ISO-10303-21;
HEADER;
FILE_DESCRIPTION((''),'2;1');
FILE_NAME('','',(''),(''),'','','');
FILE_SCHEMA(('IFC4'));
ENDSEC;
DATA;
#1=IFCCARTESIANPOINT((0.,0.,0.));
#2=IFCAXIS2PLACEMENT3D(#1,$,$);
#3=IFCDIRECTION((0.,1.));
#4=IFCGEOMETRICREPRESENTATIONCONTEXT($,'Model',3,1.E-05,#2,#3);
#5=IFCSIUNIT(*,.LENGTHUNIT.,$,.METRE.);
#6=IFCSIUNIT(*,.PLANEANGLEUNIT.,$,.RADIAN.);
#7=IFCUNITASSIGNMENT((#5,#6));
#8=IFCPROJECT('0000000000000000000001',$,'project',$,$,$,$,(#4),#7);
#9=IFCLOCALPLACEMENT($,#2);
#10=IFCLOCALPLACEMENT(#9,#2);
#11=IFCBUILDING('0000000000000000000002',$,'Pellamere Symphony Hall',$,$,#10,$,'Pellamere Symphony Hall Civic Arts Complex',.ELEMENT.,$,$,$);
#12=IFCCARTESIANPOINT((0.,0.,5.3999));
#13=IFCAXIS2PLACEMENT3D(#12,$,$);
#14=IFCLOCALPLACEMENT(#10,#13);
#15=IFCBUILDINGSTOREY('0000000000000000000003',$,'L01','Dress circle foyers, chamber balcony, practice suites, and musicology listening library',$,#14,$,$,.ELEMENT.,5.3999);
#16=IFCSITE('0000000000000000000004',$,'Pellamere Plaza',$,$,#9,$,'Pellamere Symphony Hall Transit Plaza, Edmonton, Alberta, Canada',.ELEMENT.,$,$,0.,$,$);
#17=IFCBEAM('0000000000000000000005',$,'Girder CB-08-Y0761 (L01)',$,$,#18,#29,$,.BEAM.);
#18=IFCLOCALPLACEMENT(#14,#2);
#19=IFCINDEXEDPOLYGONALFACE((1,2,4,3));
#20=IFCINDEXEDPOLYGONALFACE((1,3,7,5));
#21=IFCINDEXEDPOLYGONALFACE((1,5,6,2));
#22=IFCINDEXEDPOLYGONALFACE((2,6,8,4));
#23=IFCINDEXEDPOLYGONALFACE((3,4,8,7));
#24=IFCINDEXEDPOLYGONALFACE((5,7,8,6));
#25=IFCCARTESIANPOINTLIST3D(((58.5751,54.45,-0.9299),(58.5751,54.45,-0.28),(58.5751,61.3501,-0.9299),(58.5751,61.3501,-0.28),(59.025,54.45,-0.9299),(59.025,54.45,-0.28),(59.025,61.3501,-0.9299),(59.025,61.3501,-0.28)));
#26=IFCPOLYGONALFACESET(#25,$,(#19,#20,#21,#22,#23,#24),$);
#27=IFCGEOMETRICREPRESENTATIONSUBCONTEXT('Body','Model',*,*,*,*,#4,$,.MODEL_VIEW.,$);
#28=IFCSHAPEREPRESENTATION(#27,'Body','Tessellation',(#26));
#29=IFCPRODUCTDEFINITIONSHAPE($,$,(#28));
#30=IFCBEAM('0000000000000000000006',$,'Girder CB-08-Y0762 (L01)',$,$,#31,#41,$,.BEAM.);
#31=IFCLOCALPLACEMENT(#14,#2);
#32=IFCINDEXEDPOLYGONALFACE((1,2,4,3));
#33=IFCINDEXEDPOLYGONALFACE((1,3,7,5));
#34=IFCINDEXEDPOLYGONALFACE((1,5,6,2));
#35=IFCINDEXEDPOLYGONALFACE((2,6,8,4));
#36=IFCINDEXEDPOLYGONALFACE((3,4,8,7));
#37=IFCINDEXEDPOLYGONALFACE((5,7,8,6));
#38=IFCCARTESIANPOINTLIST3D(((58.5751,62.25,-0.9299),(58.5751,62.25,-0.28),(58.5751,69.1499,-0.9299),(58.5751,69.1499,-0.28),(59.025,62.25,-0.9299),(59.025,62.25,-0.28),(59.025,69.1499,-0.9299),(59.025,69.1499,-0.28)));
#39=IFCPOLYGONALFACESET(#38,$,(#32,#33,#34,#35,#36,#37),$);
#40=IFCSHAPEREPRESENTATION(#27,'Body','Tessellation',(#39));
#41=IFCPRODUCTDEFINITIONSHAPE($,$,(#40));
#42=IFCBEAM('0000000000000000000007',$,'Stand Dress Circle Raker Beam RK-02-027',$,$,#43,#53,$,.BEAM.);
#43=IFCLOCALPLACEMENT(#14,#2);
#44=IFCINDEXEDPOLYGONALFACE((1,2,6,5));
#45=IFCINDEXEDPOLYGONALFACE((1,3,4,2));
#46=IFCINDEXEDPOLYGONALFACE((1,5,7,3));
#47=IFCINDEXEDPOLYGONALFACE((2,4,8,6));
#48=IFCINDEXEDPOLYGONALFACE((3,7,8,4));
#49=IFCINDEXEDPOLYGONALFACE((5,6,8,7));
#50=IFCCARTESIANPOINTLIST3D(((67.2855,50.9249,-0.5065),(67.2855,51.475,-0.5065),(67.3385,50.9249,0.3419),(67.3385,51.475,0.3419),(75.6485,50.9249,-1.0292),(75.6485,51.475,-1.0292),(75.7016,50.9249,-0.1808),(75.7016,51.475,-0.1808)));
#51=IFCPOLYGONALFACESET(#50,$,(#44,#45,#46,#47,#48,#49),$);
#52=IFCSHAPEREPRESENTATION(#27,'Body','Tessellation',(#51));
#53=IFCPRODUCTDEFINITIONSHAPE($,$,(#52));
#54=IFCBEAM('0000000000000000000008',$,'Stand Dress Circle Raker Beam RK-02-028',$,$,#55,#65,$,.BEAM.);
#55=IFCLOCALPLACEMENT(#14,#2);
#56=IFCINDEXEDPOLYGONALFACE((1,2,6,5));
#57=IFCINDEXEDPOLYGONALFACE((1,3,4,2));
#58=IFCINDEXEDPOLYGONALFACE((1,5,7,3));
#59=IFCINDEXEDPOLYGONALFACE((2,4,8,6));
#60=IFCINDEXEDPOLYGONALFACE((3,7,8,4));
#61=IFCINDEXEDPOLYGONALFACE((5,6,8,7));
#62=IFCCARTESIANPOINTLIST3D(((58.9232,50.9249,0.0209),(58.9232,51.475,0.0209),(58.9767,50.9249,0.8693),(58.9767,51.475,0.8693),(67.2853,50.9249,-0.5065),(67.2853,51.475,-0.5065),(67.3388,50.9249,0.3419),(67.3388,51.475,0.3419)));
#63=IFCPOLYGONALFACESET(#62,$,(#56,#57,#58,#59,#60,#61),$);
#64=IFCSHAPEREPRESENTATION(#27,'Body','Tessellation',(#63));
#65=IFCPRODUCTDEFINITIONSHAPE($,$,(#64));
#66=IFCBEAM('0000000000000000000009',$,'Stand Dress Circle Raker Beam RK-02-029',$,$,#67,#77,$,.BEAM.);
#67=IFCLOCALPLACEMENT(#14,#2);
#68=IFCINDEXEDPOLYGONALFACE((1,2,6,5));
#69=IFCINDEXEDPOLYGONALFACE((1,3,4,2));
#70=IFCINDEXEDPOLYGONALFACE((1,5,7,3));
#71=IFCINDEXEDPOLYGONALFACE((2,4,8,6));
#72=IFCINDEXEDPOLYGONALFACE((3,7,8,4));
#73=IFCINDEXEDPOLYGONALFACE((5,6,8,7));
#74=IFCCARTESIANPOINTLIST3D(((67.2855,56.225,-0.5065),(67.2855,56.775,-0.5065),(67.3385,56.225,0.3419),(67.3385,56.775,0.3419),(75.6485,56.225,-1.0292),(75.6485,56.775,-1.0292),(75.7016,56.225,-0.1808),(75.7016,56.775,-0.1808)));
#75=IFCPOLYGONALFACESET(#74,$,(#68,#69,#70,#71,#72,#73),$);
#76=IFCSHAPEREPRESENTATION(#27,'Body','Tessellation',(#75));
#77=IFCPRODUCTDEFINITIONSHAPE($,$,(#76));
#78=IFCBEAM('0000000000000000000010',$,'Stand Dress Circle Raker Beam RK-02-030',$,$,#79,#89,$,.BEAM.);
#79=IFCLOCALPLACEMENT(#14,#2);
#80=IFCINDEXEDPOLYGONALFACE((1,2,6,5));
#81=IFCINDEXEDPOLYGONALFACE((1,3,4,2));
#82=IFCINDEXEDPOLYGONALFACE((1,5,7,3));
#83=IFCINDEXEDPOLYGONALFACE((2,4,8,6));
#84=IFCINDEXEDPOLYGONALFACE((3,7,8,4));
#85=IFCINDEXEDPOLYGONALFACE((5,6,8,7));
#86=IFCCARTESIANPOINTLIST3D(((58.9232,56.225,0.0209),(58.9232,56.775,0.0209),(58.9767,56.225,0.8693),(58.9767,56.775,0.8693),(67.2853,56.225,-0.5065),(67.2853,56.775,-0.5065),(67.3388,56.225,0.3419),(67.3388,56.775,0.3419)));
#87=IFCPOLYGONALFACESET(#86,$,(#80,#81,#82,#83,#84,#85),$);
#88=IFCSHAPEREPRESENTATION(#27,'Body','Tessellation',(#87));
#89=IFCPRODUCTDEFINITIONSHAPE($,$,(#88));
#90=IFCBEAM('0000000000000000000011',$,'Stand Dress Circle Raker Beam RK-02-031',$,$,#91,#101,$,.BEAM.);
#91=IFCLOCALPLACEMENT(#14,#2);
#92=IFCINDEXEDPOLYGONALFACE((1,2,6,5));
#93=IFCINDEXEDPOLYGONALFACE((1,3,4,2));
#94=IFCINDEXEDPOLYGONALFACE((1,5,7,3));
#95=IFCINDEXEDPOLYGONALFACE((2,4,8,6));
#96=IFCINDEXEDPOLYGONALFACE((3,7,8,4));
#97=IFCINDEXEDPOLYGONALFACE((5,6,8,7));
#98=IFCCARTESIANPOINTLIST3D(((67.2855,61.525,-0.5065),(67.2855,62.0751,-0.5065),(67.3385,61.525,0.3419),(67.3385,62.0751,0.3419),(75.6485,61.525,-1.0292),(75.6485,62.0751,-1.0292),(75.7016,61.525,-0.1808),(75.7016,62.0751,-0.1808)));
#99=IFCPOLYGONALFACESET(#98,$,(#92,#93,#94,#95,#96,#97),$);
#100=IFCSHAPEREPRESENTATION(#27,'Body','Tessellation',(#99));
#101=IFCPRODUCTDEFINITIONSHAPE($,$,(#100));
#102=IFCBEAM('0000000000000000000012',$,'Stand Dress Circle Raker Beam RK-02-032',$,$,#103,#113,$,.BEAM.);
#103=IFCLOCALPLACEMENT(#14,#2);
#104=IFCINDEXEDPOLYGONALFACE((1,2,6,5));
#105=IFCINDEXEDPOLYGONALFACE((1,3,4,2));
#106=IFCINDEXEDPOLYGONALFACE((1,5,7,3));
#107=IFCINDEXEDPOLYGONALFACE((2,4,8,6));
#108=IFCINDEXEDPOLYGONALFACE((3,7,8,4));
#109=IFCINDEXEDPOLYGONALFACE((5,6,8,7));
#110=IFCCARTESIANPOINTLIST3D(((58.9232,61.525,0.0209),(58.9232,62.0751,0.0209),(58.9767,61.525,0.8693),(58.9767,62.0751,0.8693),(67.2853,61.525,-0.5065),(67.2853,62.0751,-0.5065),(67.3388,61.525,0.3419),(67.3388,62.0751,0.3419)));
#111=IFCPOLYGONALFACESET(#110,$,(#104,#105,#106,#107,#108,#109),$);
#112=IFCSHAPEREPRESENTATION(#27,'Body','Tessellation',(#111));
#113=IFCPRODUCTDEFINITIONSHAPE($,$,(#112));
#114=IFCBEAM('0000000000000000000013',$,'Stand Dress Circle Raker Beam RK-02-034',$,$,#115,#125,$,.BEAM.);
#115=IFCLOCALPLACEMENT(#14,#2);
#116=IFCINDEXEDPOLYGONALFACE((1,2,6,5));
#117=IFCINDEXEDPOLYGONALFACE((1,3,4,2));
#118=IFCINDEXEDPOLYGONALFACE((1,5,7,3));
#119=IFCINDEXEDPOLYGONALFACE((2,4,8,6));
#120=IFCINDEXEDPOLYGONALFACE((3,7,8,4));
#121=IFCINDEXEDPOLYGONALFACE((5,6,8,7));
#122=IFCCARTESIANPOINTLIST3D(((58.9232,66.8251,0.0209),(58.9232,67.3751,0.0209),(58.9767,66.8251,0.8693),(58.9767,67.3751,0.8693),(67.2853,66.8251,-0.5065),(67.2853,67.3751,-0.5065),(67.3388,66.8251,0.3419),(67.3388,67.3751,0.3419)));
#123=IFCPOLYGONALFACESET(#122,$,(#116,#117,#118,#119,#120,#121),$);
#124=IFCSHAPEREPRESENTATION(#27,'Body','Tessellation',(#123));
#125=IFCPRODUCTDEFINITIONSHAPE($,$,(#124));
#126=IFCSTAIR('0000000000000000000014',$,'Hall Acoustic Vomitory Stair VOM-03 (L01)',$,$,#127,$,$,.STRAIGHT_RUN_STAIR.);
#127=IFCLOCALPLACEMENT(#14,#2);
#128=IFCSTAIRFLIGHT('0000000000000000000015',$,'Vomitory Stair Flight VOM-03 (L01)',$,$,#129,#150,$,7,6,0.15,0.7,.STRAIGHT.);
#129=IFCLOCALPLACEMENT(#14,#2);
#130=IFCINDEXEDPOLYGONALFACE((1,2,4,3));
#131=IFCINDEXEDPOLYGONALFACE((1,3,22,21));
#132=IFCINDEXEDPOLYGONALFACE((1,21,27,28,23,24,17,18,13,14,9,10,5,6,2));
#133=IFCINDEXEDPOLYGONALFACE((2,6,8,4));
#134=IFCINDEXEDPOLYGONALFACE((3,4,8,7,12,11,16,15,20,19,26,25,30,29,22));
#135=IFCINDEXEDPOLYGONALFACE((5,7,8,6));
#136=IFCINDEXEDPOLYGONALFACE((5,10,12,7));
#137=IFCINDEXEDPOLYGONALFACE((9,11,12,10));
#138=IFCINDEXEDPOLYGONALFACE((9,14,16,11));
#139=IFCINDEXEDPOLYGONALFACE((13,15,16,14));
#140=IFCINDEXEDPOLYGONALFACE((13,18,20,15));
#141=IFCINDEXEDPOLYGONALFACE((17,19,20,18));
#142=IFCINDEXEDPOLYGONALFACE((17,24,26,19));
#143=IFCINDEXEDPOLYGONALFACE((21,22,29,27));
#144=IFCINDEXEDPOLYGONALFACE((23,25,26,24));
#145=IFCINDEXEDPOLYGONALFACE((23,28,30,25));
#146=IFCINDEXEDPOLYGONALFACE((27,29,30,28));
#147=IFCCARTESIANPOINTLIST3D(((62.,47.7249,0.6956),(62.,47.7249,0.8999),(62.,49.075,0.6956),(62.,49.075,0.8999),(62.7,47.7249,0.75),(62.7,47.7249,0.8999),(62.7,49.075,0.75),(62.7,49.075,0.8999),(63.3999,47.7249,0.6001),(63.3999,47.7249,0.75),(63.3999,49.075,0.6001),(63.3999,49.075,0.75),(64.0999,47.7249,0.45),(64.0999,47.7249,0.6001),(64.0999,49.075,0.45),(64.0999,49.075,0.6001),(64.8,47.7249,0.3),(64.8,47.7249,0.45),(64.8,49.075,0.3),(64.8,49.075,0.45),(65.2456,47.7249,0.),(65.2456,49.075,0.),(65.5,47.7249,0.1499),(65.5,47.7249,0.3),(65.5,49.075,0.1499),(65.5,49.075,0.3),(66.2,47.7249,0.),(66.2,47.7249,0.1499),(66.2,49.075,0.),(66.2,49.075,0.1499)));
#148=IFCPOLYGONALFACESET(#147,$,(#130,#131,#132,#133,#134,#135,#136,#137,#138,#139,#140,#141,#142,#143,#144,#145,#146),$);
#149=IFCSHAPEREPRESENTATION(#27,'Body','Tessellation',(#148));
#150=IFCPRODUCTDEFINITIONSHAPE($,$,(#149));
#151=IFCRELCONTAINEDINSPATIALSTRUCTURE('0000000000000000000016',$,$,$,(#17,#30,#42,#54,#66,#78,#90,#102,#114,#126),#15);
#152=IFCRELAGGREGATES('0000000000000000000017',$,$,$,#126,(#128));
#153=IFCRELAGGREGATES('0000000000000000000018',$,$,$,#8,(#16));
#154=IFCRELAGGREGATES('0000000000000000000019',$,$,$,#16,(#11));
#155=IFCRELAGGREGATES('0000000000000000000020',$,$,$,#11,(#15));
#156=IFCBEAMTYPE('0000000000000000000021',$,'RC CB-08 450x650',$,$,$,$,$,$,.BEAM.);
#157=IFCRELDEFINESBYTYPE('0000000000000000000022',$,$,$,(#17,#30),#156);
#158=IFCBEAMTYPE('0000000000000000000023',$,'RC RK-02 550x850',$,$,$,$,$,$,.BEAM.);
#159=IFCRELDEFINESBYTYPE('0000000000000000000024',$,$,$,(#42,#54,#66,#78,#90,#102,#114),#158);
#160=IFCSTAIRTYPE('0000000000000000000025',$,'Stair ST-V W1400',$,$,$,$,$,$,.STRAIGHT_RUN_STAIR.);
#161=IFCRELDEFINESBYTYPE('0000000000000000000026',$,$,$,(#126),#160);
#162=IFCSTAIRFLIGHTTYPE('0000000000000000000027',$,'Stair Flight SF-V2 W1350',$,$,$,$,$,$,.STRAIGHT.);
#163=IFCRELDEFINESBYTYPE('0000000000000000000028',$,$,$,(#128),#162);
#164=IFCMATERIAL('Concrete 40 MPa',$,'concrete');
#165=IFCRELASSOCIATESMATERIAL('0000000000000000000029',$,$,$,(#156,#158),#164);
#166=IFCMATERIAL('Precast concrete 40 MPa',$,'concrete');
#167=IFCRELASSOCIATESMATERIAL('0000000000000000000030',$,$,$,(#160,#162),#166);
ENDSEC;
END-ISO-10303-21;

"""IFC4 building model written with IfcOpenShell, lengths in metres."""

from ifc_helpers import new_model, si_unit, direction, frame, origin, origin_2d, place, context, subcontext, project, spatial, polyline, rectangle, outline, extrude, material, material_profile, profile_set, type_object, element, aggregate, save


model = new_model("IFC4")

# Units and contexts
model_context = context("Model", 3, precision=1e-05, world=origin(), true_north=direction((0.0, 1.0)))
body_context = subcontext(model_context, "Body", "Model", "MODEL_VIEW")
ifc_project = project(units=[si_unit("LENGTHUNIT", "METRE"), si_unit("PLANEANGLEUNIT", "RADIAN")], contexts=[model_context])

# Site, building, storey
site_placement = place(None, origin())
site = spatial("IfcSite", under=ifc_project, at=site_placement, Name="Pellamere Plaza", LongName="Pellamere Symphony Hall Transit Plaza, Edmonton, Alberta, Canada", CompositionType="ELEMENT", RefElevation=0.0)
building_placement = place(site_placement, origin())
building = spatial("IfcBuilding", under=site, at=building_placement, Name="Pellamere Symphony Hall", LongName="Pellamere Symphony Hall Civic Arts Complex", CompositionType="ELEMENT")
storey_placement = place(building_placement, frame((0.0, 0.0, 5.3999)))
storey = spatial("IfcBuildingStorey", under=building, at=storey_placement, Name="L01", Description="Dress circle foyers, chamber balcony, practice suites, and musicology listening library", CompositionType="ELEMENT", Elevation=5.3999)

# Shared definitions
ifc_material_1 = material(Name="Concrete 40 MPa", Category="concrete")

# Beams
ifc_material_profile_1 = material_profile(ifc_material_1, rectangle(XDim=0.45, YDim=0.6499, at=origin_2d()), Name="RC 450x650")
ifc_profile_set_1 = profile_set([ifc_material_profile_1], Name="Concrete 40 MPa")
beam_type_1 = type_object("IfcBeamType", Name="RC CB-08 450x650", PredefinedType="BEAM", material=ifc_profile_set_1)
beam_1_placement = place(storey_placement, frame((58.8, 54.45, -0.605), z_axis=(0.0, 1.0, 0.0), x_axis=(-1.0, 0.0, 0.0)))
element("IfcBeam", 1, at=beam_1_placement, inside=storey, type_object=beam_type_1, Name="Girder CB-08-Y0761 (L01)", PredefinedType="BEAM", context=body_context, shape_type="SweptSolid", body=[
    extrude(rectangle(XDim=0.45, YDim=0.6499, at=origin_2d()), origin(), (0.0, 0.0, 1.0), 6.9001),
])
beam_2_placement = place(storey_placement, frame((58.8, 62.25, -0.605), z_axis=(0.0, 1.0, 0.0), x_axis=(-1.0, 0.0, 0.0)))
element("IfcBeam", 2, at=beam_2_placement, inside=storey, type_object=beam_type_1, Name="Girder CB-08-Y0762 (L01)", PredefinedType="BEAM", context=body_context, shape_type="SweptSolid", body=[
    extrude(rectangle(XDim=0.45, YDim=0.6499, at=origin_2d()), origin(), (0.0, 0.0, 1.0), 6.8999),
])
ifc_material_profile_2 = material_profile(ifc_material_1, rectangle(XDim=0.55, YDim=0.8501, at=origin_2d()), Name="RC 550x850")
ifc_profile_set_2 = profile_set([ifc_material_profile_2], Name="Concrete 40 MPa")
beam_type_2 = type_object("IfcBeamType", Name="RC RK-02 550x850", PredefinedType="BEAM", material=ifc_profile_set_2)
beam_3_placement = place(storey_placement, frame((75.675, 51.2, -0.605), z_axis=(-0.998052, 0.0, 0.06238), x_axis=(0.0, -1.0, 0.0)))
element("IfcBeam", 3, at=beam_3_placement, inside=storey, type_object=beam_type_2, Name="Stand Dress Circle Raker Beam RK-02-027", PredefinedType="BEAM", context=body_context, shape_type="SweptSolid", body=[
    extrude(rectangle(XDim=0.55, YDim=0.8501, at=origin_2d()), origin(), (0.0, 0.0, 1.0), 8.3794),
])
beam_4_placement = place(storey_placement, frame((67.312, 51.2, -0.0823), z_axis=(-0.998017, 0.0, 0.062939), x_axis=(0.0, -1.0, 0.0)))
element("IfcBeam", 4, at=beam_4_placement, inside=storey, type_object=beam_type_2, Name="Stand Dress Circle Raker Beam RK-02-028", PredefinedType="BEAM", context=body_context, shape_type="SweptSolid", body=[
    extrude(rectangle(XDim=0.55, YDim=0.8501, at=origin_2d()), origin(), (0.0, 0.0, 1.0), 8.3787),
])
beam_5_placement = place(storey_placement, frame((75.675, 56.5, -0.605), z_axis=(-0.998052, 0.0, 0.06238), x_axis=(0.0, -1.0, 0.0)))
element("IfcBeam", 5, at=beam_5_placement, inside=storey, type_object=beam_type_2, Name="Stand Dress Circle Raker Beam RK-02-029", PredefinedType="BEAM", context=body_context, shape_type="SweptSolid", body=[
    extrude(rectangle(XDim=0.55, YDim=0.8501, at=origin_2d()), origin(), (0.0, 0.0, 1.0), 8.3794),
])
beam_6_placement = place(storey_placement, frame((67.312, 56.5, -0.0823), z_axis=(-0.998017, 0.0, 0.062939), x_axis=(0.0, -1.0, 0.0)))
element("IfcBeam", 6, at=beam_6_placement, inside=storey, type_object=beam_type_2, Name="Stand Dress Circle Raker Beam RK-02-030", PredefinedType="BEAM", context=body_context, shape_type="SweptSolid", body=[
    extrude(rectangle(XDim=0.55, YDim=0.8501, at=origin_2d()), origin(), (0.0, 0.0, 1.0), 8.3787),
])
beam_7_placement = place(storey_placement, frame((75.675, 61.8, -0.605), z_axis=(-0.998052, 0.0, 0.06238), x_axis=(0.0, -1.0, 0.0)))
element("IfcBeam", 7, at=beam_7_placement, inside=storey, type_object=beam_type_2, Name="Stand Dress Circle Raker Beam RK-02-031", PredefinedType="BEAM", context=body_context, shape_type="SweptSolid", body=[
    extrude(rectangle(XDim=0.55, YDim=0.8501, at=origin_2d()), origin(), (0.0, 0.0, 1.0), 8.3794),
])
for number, where, z_axis, x_axis, name in (
    (8, (67.312, 61.8, -0.0823), (-0.998017, 0.0, 0.062939), (0.0, -1.0, 0.0), "Stand Dress Circle Raker Beam RK-02-032"),
    (9, (67.312, 67.1001, -0.0823), (-0.998017, 0.0, 0.062939), (0.0, -1.0, 0.0), "Stand Dress Circle Raker Beam RK-02-034"),
):
    element("IfcBeam", number, at=place(storey_placement, frame(where, z_axis=z_axis, x_axis=x_axis)), inside=storey, type_object=beam_type_2, Name=name, PredefinedType="BEAM", context=body_context, shape_type="SweptSolid", body=[
        extrude(rectangle(XDim=0.55, YDim=0.8501, at=origin_2d()), origin(), (0.0, 0.0, 1.0), 8.3787),
    ])

# Stair, stair flight
ifc_material_2 = material(Name="Precast concrete 40 MPa", Category="concrete")
stair_type = type_object("IfcStairType", Name="Stair ST-V W1400", PredefinedType="STRAIGHT_RUN_STAIR", material=ifc_material_2)
stair_placement = place(storey_placement, origin())
stair = element("IfcStair", 10, at=stair_placement, inside=storey, type_object=stair_type, Name="Hall Acoustic Vomitory Stair VOM-03 (L01)", PredefinedType="STRAIGHT_RUN_STAIR")
stair_flight_type = type_object("IfcStairFlightType", Name="Stair Flight SF-V2 W1350", PredefinedType="STRAIGHT", material=ifc_material_2)
stair_flight_placement = place(storey_placement, frame((66.2, 48.3999, 0.0), z_axis=(0.0, 0.0, 1.0), x_axis=(-1.0, 0.0, 0.0)))
stair_flight = element("IfcStairFlight", 11, at=stair_flight_placement, type_object=stair_flight_type, Name="Vomitory Stair Flight VOM-03 (L01)", NumberOfRisers=7, NumberOfTreads=6, PredefinedType="STRAIGHT", RiserHeight=0.15, TreadLength=0.7, context=body_context, shape_type="SweptSolid", body=[
    extrude(outline(polyline([(0.0, 0.0), (0.0, 0.1499), (0.7, 0.1499), (0.7, 0.3), (1.3999, 0.3), (1.3999, 0.45), (2.1001, 0.45), (2.1001, 0.6001), (2.8, 0.6001), (2.8, 0.75), (3.5, 0.75), (3.5, 0.8999), (4.2, 0.8999), (4.2, 1.05), (4.2, 0.6956), (0.9543, 0.0), (0.0, 0.0)])), frame((0.0, 0.675, 0.0), z_axis=(0.0, -1.0, 0.0), x_axis=(1.0, 0.0, 0.0)), (0.0, 0.0, 1.0), 1.3501),
])
aggregate(stair, [stair_flight])

save(model, "model.ifc")
